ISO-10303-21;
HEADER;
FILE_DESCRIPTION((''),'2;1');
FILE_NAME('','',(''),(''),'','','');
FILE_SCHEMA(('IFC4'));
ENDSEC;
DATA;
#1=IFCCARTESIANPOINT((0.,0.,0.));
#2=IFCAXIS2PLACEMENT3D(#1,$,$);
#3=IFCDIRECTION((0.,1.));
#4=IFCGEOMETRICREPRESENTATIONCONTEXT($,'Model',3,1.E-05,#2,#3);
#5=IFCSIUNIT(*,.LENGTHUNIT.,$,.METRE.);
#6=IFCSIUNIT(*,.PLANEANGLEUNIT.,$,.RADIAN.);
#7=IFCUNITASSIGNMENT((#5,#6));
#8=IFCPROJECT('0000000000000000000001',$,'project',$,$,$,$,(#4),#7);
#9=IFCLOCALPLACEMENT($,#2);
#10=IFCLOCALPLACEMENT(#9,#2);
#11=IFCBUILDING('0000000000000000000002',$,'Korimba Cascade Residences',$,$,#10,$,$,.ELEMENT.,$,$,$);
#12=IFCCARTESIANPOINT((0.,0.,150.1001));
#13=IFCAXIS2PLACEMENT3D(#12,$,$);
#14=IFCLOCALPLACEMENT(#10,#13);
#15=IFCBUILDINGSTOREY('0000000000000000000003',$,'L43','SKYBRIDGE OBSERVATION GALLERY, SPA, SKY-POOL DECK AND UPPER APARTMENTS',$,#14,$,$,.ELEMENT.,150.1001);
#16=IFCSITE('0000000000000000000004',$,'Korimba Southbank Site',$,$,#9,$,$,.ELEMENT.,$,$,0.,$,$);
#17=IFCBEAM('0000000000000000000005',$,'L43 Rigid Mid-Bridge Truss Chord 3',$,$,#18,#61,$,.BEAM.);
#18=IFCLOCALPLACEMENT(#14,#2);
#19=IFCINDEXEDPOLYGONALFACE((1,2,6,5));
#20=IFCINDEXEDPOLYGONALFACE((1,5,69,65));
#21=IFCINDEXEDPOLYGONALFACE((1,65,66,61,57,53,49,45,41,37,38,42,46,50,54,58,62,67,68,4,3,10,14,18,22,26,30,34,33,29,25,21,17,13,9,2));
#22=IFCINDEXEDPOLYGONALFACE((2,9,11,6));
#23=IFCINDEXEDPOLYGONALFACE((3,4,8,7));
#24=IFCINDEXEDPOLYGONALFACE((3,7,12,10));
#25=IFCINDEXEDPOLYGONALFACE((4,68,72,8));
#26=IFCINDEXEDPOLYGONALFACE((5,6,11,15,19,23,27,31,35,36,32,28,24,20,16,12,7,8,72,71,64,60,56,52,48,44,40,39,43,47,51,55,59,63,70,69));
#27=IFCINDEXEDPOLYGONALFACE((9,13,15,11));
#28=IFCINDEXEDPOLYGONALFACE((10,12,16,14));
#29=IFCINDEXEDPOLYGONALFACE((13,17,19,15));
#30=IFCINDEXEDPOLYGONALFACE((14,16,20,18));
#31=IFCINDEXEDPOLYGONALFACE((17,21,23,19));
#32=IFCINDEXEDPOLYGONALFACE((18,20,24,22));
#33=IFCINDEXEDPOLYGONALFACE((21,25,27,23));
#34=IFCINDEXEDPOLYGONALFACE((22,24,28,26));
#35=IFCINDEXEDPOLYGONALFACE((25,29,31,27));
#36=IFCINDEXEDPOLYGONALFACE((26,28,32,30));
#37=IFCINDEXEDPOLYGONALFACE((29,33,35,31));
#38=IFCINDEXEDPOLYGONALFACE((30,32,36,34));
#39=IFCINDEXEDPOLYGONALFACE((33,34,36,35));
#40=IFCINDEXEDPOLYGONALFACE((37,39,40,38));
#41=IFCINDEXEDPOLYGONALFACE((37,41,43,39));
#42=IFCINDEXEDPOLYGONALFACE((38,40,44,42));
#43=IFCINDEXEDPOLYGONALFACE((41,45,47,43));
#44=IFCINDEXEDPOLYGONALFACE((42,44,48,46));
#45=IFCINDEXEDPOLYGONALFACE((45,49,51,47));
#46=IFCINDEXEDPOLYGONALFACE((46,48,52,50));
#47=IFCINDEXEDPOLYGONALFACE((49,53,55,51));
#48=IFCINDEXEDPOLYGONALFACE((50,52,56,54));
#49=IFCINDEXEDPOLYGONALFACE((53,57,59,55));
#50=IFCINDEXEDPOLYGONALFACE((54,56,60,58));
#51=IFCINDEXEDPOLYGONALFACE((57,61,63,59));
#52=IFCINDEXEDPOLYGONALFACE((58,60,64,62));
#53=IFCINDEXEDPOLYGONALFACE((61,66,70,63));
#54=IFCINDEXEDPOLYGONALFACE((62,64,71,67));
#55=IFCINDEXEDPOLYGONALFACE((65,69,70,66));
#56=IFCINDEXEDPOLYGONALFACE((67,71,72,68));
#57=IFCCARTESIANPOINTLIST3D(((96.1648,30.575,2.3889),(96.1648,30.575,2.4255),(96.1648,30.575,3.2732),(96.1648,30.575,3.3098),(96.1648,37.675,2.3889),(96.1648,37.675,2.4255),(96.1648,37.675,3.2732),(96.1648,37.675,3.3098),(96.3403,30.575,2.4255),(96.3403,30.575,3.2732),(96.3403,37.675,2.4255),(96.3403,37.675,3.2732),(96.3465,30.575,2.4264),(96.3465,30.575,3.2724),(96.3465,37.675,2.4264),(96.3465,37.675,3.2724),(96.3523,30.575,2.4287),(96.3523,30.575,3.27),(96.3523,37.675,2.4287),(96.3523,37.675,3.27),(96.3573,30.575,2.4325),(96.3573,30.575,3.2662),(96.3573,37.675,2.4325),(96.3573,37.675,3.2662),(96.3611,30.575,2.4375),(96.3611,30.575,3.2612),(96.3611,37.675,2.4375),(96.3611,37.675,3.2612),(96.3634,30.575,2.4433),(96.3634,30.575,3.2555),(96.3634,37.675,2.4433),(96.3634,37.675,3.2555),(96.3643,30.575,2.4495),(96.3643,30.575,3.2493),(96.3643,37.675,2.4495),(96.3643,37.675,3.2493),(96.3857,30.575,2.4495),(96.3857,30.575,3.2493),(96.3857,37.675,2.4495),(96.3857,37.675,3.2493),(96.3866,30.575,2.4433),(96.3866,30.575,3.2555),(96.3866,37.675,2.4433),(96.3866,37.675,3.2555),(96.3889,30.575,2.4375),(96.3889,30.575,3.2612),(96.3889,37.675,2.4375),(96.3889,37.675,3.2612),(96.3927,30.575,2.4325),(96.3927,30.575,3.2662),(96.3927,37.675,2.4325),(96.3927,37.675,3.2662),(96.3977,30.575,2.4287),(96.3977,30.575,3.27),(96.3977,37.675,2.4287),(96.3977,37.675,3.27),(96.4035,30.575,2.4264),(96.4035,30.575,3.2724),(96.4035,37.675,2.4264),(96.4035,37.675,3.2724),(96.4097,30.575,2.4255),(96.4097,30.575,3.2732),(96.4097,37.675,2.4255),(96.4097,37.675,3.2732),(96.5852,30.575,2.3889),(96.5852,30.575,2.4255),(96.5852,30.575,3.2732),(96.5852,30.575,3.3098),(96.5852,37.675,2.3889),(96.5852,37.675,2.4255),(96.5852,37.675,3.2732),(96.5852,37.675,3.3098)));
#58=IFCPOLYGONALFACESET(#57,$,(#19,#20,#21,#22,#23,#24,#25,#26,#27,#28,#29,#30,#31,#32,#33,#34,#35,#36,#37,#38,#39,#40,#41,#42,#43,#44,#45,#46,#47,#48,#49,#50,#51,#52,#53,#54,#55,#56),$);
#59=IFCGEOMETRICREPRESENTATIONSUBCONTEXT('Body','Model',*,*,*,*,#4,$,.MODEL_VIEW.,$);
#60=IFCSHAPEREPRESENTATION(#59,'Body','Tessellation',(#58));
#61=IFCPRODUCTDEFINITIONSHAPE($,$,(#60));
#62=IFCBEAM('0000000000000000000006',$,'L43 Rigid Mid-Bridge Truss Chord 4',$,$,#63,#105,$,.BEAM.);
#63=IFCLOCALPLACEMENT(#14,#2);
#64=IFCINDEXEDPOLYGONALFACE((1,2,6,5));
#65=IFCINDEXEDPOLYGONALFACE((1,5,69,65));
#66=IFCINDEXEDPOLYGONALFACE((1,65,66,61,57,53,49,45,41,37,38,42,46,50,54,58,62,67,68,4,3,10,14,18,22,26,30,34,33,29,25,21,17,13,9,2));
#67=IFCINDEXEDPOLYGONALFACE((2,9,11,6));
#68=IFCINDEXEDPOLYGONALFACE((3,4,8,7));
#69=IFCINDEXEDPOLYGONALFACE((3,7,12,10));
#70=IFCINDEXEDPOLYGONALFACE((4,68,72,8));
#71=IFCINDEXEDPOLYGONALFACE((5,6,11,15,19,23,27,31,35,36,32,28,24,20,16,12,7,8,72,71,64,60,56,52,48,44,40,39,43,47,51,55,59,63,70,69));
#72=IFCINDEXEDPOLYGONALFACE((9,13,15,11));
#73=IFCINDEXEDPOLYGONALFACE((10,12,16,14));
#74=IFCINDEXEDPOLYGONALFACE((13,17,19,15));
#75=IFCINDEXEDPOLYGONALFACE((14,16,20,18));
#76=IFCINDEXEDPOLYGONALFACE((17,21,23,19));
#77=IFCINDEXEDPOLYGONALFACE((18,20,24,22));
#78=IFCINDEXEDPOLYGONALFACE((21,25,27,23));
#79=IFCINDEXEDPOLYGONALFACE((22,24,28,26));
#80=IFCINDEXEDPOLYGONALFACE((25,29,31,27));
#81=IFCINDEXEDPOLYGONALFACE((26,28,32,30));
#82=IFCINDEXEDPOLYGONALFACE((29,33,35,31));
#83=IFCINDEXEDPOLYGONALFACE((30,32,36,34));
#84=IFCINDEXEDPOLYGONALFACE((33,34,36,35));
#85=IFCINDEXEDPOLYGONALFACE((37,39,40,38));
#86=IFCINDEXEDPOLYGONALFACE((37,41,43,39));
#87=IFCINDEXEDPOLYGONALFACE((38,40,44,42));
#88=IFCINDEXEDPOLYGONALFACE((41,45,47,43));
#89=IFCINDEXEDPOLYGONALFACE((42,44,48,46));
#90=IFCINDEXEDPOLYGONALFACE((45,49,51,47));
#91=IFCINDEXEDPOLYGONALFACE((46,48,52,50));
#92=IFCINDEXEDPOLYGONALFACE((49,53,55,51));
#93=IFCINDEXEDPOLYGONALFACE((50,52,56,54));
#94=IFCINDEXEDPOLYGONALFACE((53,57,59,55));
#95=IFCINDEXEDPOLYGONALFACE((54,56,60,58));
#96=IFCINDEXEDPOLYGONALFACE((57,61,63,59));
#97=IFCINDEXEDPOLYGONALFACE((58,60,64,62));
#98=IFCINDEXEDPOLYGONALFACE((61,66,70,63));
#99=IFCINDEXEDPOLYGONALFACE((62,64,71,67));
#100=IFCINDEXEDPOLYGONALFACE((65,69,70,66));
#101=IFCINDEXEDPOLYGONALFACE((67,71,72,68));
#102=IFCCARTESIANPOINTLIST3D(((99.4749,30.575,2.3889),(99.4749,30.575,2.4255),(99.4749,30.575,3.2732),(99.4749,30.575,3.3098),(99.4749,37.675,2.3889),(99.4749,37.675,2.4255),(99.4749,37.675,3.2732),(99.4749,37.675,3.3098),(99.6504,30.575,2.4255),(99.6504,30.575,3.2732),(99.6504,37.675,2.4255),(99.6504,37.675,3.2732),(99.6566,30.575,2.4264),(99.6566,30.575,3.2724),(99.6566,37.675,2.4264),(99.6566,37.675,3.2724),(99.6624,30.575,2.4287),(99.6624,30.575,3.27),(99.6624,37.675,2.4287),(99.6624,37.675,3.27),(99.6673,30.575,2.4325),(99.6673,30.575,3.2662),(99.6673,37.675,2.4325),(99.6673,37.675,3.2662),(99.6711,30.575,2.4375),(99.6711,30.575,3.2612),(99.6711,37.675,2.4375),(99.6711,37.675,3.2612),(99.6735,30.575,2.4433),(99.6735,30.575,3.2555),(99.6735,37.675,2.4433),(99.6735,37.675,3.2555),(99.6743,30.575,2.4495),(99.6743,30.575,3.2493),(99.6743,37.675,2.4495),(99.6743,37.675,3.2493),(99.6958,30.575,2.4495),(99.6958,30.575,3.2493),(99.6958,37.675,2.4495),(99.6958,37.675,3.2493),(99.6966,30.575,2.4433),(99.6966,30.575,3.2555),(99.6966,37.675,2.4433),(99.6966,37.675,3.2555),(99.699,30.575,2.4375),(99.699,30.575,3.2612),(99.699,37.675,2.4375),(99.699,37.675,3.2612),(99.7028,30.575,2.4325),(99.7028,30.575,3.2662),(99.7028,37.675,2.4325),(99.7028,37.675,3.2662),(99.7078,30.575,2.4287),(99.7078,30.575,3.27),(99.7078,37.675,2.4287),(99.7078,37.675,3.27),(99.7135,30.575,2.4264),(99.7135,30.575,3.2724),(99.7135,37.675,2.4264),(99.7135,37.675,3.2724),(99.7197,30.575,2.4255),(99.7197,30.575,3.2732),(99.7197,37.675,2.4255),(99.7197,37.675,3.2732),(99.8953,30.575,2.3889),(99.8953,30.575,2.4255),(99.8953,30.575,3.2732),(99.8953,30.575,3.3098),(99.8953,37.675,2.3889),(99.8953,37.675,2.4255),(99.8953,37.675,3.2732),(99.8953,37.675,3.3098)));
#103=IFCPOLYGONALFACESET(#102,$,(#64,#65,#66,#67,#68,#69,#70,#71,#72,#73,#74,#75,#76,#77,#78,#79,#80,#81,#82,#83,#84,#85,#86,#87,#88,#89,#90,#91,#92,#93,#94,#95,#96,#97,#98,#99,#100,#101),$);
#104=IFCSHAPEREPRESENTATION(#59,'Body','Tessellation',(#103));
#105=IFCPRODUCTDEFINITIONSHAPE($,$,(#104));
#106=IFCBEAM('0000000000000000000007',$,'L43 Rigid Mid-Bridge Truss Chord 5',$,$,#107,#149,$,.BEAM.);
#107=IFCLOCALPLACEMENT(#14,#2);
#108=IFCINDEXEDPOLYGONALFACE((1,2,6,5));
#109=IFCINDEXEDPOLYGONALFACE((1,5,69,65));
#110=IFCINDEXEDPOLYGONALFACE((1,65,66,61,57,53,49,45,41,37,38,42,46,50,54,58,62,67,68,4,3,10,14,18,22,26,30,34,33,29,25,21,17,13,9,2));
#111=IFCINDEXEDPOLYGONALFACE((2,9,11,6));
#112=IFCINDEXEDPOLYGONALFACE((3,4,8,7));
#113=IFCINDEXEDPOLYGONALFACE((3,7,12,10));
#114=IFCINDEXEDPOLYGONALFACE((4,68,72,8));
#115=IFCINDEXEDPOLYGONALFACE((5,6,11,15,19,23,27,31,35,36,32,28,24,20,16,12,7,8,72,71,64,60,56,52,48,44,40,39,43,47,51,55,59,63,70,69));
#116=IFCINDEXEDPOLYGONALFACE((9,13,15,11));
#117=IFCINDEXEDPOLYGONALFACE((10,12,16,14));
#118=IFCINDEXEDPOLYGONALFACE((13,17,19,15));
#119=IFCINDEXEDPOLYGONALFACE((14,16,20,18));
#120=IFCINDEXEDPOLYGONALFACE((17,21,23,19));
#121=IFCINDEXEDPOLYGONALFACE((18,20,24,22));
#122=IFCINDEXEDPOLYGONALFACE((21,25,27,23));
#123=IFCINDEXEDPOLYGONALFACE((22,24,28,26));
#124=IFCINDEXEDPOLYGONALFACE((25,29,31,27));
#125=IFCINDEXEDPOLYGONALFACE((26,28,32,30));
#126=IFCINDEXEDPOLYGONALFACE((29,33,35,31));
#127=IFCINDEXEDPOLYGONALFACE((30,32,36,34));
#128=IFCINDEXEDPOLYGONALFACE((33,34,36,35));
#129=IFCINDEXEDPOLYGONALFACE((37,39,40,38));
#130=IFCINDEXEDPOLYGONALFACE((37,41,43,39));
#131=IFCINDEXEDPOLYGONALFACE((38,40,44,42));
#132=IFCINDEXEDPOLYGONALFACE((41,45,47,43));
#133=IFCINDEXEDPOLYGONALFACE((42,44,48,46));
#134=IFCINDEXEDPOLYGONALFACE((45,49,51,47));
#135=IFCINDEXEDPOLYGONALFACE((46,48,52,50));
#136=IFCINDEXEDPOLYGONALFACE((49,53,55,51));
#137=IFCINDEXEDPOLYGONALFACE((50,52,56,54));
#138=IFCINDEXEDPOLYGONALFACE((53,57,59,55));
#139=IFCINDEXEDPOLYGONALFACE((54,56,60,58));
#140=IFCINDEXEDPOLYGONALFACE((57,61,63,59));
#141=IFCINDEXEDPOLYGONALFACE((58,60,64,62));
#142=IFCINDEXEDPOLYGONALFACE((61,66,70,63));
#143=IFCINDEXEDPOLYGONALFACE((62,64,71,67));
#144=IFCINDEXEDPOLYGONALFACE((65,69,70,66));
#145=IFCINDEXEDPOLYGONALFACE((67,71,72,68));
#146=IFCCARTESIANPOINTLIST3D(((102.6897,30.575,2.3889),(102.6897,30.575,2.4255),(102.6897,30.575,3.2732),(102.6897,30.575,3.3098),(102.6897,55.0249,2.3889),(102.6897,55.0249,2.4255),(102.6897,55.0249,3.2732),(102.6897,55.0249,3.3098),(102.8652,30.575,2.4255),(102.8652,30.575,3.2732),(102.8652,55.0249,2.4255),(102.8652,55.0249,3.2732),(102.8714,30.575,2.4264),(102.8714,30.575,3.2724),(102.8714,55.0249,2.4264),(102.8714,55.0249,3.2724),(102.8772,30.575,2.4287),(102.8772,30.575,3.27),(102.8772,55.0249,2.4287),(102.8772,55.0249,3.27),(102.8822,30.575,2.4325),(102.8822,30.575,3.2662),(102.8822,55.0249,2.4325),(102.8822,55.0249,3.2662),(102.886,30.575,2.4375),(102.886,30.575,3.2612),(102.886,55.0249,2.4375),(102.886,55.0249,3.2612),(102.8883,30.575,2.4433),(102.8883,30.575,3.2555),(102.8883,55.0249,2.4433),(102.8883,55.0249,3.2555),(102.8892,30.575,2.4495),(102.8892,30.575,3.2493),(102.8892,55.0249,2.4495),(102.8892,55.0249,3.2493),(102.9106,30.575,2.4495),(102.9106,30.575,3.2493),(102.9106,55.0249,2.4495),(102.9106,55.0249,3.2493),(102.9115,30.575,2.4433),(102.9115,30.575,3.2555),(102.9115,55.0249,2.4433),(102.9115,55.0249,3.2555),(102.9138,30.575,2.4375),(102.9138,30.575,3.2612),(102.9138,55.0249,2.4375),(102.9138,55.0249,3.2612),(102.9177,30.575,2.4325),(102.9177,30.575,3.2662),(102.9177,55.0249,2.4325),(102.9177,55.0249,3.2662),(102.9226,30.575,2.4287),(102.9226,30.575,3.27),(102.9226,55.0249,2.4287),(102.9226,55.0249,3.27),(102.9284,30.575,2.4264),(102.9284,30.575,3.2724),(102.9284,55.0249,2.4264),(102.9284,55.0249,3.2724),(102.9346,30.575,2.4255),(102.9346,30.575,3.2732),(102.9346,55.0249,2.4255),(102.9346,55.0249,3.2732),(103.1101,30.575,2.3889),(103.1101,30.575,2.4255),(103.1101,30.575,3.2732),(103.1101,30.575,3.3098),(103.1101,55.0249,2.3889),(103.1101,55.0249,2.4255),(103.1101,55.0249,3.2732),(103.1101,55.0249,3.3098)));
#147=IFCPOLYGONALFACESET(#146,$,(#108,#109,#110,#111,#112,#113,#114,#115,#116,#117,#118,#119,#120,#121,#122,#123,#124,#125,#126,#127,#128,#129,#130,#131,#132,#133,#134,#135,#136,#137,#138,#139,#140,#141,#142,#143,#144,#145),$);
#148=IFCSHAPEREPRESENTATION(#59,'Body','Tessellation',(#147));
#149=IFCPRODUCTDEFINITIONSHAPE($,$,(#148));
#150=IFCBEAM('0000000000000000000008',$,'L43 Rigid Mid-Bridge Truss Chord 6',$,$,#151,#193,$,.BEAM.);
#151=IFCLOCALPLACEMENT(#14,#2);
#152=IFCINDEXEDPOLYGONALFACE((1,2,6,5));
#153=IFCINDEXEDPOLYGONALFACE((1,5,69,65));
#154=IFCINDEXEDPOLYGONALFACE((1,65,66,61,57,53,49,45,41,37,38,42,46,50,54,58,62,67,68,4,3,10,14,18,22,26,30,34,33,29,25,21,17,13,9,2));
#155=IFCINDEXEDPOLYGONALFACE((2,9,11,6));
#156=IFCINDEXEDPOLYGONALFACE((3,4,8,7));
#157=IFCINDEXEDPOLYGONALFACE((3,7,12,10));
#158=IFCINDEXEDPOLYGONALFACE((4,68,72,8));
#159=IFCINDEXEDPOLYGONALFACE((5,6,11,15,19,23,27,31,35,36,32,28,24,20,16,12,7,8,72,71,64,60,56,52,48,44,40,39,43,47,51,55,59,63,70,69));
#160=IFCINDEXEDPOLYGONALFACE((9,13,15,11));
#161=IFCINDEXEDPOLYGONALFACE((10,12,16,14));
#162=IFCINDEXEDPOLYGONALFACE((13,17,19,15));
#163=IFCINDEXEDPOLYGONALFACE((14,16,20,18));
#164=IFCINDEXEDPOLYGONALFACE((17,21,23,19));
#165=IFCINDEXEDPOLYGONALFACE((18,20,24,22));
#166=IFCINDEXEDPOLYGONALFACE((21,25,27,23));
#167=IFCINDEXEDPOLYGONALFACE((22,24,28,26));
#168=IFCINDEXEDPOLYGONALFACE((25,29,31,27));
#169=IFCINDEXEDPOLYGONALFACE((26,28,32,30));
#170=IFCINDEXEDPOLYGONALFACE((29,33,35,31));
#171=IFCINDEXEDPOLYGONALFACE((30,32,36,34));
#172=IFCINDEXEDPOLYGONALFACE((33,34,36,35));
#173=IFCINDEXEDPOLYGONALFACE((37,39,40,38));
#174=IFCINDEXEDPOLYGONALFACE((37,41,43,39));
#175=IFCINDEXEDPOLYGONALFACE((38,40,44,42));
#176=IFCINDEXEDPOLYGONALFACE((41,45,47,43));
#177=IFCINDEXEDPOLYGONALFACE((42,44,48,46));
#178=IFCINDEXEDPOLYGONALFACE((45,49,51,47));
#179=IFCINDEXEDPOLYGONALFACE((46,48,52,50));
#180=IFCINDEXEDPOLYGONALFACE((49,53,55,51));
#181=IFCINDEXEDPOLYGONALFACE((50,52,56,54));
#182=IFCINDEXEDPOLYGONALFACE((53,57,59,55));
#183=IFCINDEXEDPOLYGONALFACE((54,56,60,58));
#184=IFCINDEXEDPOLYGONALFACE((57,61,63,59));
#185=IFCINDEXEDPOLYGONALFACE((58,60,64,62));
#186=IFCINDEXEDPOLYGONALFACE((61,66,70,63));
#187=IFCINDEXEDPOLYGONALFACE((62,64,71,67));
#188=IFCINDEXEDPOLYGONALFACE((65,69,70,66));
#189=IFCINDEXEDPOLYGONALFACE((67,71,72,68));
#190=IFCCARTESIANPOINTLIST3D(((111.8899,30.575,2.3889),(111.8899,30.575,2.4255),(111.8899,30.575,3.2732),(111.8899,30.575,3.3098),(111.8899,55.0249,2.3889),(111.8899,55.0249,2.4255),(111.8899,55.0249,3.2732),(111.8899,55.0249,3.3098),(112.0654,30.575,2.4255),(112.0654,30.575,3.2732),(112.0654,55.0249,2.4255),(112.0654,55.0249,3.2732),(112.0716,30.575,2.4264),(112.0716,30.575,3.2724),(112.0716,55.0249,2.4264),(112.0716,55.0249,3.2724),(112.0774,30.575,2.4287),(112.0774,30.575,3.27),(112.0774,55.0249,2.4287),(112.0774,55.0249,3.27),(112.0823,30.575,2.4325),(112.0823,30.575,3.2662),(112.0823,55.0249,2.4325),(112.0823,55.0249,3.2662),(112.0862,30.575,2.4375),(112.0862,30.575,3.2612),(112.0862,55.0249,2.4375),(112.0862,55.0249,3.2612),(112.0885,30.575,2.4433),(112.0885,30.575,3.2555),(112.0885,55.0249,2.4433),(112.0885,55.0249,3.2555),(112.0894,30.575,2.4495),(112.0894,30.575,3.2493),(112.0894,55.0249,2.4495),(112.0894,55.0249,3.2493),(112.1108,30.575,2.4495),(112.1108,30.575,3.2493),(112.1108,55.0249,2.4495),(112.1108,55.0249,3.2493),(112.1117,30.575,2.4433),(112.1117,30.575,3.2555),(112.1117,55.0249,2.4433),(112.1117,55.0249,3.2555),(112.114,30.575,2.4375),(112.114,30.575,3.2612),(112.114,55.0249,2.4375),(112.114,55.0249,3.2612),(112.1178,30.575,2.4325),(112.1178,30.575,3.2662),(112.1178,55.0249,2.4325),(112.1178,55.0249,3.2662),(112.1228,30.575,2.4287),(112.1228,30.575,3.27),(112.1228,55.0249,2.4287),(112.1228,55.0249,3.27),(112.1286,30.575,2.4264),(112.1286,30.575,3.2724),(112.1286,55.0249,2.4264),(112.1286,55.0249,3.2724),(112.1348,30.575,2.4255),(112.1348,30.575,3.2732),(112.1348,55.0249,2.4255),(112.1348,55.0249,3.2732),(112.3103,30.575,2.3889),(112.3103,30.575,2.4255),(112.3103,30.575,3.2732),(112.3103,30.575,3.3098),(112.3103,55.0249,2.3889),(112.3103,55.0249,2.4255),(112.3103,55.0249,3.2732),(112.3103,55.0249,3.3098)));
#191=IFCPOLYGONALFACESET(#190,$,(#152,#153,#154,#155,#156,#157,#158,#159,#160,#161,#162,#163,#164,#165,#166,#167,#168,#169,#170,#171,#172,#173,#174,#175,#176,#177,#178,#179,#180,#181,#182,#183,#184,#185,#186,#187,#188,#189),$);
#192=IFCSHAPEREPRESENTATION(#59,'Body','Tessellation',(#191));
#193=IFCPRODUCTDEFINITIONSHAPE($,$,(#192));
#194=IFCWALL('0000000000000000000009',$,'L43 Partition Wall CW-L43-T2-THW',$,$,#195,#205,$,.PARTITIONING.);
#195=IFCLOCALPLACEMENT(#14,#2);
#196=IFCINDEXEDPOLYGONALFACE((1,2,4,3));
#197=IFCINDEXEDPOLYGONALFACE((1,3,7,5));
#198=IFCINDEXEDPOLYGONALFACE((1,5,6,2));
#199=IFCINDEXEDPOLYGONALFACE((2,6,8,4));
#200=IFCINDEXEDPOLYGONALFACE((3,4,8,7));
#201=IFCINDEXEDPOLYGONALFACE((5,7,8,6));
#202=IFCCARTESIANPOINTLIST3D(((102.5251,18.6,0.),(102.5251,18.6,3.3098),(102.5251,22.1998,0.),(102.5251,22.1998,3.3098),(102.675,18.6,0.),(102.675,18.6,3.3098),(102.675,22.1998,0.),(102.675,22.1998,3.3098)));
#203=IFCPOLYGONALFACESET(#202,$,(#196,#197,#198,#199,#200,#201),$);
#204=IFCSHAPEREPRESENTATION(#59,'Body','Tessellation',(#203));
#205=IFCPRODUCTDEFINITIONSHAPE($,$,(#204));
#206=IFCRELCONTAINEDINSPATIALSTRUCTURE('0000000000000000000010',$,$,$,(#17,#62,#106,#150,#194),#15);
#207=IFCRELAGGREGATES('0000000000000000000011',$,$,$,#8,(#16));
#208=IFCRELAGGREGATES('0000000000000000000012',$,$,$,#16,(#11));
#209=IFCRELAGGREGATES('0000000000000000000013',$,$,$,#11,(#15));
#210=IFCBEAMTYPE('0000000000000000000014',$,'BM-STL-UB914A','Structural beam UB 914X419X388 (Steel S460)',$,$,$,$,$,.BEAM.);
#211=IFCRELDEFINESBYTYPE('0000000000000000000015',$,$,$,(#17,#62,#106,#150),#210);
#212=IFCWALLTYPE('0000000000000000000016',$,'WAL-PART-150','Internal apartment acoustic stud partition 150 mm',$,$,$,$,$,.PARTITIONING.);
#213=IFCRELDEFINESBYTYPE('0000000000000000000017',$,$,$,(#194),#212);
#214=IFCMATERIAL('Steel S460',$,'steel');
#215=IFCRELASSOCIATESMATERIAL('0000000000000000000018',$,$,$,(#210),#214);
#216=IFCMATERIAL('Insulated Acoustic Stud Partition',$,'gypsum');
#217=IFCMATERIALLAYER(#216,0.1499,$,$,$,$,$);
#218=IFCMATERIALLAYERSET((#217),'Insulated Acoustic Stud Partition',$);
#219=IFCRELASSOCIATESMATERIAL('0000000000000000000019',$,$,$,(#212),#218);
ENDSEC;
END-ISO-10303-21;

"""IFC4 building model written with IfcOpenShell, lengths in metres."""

from ifc_helpers import new_model, si_unit, direction, frame, frame_2d, origin, origin_2d, place, context, subcontext, project, spatial, rectangle, i_section, extrude, material, layer, layer_set, material_profile, profile_set, type_object, element, save


model = new_model("IFC4")

# Units and contexts
model_context = context("Model", 3, precision=1e-05, world=origin(), true_north=direction((0.0, 1.0)))
body_context = subcontext(model_context, "Body", "Model", "MODEL_VIEW")
ifc_project = project(units=[si_unit("LENGTHUNIT", "METRE"), si_unit("PLANEANGLEUNIT", "RADIAN")], contexts=[model_context])

# Site, building, storey
site_placement = place(None, origin())
site = spatial("IfcSite", under=ifc_project, at=site_placement, Name="Korimba Southbank Site", CompositionType="ELEMENT", RefElevation=0.0)
building_placement = place(site_placement, origin())
building = spatial("IfcBuilding", under=site, at=building_placement, Name="Korimba Cascade Residences", CompositionType="ELEMENT")
storey_placement = place(building_placement, frame((0.0, 0.0, 150.1001)))
storey = spatial("IfcBuildingStorey", under=building, at=storey_placement, Name="L43", Description="SKYBRIDGE OBSERVATION GALLERY, SPA, SKY-POOL DECK AND UPPER APARTMENTS", CompositionType="ELEMENT", Elevation=150.1001)

# Shared definitions
ifc_material_1 = material(Name="Steel S460", Category="steel")

# Beams
ifc_material_profile_1 = material_profile(ifc_material_1, i_section(OverallWidth=0.4204, OverallDepth=0.9209, WebThickness=0.0215, FlangeThickness=0.0366, FilletRadius=0.0239, at=origin_2d()), Name="Steel S460")
ifc_profile_set_1 = profile_set([ifc_material_profile_1], Name="Steel S460")
beam_type_1 = type_object("IfcBeamType", Name="BM-STL-UB914A", Description="Structural beam UB 914X419X388 (Steel S460)", PredefinedType="BEAM", material=ifc_profile_set_1)
for number, where, z_axis, x_axis, name in (
    (1, (96.375, 30.575, 2.8494), (0.0, 1.0, 0.0), (-1.0, 0.0, 0.0), "L43 Rigid Mid-Bridge Truss Chord 3"),
    (2, (99.6851, 30.575, 2.8494), (0.0, 1.0, 0.0), (-1.0, 0.0, 0.0), "L43 Rigid Mid-Bridge Truss Chord 4"),
):
    element("IfcBeam", number, at=place(storey_placement, frame(where, z_axis=z_axis, x_axis=x_axis)), inside=storey, type_object=beam_type_1, Name=name, PredefinedType="BEAM", context=body_context, shape_type="SweptSolid", body=[
        extrude(i_section(OverallWidth=0.4204, OverallDepth=0.9209, WebThickness=0.0215, FlangeThickness=0.0366, FilletRadius=0.0239, at=origin_2d()), origin(), (0.0, 0.0, 1.0), 7.1001),
    ])
for number, where, z_axis, x_axis, name in (
    (3, (102.8999, 30.575, 2.8494), (0.0, 1.0, 0.0), (-1.0, 0.0, 0.0), "L43 Rigid Mid-Bridge Truss Chord 5"),
    (4, (112.1001, 30.575, 2.8494), (0.0, 1.0, 0.0), (-1.0, 0.0, 0.0), "L43 Rigid Mid-Bridge Truss Chord 6"),
):
    element("IfcBeam", number, at=place(storey_placement, frame(where, z_axis=z_axis, x_axis=x_axis)), inside=storey, type_object=beam_type_1, Name=name, PredefinedType="BEAM", context=body_context, shape_type="SweptSolid", body=[
        extrude(i_section(OverallWidth=0.4204, OverallDepth=0.9209, WebThickness=0.0215, FlangeThickness=0.0366, FilletRadius=0.0239, at=origin_2d()), origin(), (0.0, 0.0, 1.0), 24.45),
    ])

# Wall
ifc_material_2 = material(Name="Insulated Acoustic Stud Partition", Category="gypsum")
ifc_layer_1 = layer(ifc_material_2, 0.1499)
ifc_layer_set_1 = layer_set([ifc_layer_1], Name="Insulated Acoustic Stud Partition")
wall_type_1 = type_object("IfcWallType", Name="WAL-PART-150", Description="Internal apartment acoustic stud partition 150 mm", PredefinedType="PARTITIONING", material=ifc_layer_set_1)
for number, where, z_axis, x_axis, name in (
    (5, (102.6001, 18.6001, 0.0), (0.0, 0.0, 1.0), (0.0, 1.0, 0.0), "L43 Partition Wall CW-L43-T2-THW"),
):
    element("IfcWall", number, at=place(storey_placement, frame(where, z_axis=z_axis, x_axis=x_axis)), inside=storey, type_object=wall_type_1, Name=name, PredefinedType="PARTITIONING", context=body_context, shape_type="SweptSolid", body=[
        extrude(rectangle(XDim=3.5999, YDim=0.1499, at=frame_2d((1.7998, 0.0))), origin(), (0.0, 0.0, 1.0), 3.3098),
    ])

save(model, "model.ifc")
